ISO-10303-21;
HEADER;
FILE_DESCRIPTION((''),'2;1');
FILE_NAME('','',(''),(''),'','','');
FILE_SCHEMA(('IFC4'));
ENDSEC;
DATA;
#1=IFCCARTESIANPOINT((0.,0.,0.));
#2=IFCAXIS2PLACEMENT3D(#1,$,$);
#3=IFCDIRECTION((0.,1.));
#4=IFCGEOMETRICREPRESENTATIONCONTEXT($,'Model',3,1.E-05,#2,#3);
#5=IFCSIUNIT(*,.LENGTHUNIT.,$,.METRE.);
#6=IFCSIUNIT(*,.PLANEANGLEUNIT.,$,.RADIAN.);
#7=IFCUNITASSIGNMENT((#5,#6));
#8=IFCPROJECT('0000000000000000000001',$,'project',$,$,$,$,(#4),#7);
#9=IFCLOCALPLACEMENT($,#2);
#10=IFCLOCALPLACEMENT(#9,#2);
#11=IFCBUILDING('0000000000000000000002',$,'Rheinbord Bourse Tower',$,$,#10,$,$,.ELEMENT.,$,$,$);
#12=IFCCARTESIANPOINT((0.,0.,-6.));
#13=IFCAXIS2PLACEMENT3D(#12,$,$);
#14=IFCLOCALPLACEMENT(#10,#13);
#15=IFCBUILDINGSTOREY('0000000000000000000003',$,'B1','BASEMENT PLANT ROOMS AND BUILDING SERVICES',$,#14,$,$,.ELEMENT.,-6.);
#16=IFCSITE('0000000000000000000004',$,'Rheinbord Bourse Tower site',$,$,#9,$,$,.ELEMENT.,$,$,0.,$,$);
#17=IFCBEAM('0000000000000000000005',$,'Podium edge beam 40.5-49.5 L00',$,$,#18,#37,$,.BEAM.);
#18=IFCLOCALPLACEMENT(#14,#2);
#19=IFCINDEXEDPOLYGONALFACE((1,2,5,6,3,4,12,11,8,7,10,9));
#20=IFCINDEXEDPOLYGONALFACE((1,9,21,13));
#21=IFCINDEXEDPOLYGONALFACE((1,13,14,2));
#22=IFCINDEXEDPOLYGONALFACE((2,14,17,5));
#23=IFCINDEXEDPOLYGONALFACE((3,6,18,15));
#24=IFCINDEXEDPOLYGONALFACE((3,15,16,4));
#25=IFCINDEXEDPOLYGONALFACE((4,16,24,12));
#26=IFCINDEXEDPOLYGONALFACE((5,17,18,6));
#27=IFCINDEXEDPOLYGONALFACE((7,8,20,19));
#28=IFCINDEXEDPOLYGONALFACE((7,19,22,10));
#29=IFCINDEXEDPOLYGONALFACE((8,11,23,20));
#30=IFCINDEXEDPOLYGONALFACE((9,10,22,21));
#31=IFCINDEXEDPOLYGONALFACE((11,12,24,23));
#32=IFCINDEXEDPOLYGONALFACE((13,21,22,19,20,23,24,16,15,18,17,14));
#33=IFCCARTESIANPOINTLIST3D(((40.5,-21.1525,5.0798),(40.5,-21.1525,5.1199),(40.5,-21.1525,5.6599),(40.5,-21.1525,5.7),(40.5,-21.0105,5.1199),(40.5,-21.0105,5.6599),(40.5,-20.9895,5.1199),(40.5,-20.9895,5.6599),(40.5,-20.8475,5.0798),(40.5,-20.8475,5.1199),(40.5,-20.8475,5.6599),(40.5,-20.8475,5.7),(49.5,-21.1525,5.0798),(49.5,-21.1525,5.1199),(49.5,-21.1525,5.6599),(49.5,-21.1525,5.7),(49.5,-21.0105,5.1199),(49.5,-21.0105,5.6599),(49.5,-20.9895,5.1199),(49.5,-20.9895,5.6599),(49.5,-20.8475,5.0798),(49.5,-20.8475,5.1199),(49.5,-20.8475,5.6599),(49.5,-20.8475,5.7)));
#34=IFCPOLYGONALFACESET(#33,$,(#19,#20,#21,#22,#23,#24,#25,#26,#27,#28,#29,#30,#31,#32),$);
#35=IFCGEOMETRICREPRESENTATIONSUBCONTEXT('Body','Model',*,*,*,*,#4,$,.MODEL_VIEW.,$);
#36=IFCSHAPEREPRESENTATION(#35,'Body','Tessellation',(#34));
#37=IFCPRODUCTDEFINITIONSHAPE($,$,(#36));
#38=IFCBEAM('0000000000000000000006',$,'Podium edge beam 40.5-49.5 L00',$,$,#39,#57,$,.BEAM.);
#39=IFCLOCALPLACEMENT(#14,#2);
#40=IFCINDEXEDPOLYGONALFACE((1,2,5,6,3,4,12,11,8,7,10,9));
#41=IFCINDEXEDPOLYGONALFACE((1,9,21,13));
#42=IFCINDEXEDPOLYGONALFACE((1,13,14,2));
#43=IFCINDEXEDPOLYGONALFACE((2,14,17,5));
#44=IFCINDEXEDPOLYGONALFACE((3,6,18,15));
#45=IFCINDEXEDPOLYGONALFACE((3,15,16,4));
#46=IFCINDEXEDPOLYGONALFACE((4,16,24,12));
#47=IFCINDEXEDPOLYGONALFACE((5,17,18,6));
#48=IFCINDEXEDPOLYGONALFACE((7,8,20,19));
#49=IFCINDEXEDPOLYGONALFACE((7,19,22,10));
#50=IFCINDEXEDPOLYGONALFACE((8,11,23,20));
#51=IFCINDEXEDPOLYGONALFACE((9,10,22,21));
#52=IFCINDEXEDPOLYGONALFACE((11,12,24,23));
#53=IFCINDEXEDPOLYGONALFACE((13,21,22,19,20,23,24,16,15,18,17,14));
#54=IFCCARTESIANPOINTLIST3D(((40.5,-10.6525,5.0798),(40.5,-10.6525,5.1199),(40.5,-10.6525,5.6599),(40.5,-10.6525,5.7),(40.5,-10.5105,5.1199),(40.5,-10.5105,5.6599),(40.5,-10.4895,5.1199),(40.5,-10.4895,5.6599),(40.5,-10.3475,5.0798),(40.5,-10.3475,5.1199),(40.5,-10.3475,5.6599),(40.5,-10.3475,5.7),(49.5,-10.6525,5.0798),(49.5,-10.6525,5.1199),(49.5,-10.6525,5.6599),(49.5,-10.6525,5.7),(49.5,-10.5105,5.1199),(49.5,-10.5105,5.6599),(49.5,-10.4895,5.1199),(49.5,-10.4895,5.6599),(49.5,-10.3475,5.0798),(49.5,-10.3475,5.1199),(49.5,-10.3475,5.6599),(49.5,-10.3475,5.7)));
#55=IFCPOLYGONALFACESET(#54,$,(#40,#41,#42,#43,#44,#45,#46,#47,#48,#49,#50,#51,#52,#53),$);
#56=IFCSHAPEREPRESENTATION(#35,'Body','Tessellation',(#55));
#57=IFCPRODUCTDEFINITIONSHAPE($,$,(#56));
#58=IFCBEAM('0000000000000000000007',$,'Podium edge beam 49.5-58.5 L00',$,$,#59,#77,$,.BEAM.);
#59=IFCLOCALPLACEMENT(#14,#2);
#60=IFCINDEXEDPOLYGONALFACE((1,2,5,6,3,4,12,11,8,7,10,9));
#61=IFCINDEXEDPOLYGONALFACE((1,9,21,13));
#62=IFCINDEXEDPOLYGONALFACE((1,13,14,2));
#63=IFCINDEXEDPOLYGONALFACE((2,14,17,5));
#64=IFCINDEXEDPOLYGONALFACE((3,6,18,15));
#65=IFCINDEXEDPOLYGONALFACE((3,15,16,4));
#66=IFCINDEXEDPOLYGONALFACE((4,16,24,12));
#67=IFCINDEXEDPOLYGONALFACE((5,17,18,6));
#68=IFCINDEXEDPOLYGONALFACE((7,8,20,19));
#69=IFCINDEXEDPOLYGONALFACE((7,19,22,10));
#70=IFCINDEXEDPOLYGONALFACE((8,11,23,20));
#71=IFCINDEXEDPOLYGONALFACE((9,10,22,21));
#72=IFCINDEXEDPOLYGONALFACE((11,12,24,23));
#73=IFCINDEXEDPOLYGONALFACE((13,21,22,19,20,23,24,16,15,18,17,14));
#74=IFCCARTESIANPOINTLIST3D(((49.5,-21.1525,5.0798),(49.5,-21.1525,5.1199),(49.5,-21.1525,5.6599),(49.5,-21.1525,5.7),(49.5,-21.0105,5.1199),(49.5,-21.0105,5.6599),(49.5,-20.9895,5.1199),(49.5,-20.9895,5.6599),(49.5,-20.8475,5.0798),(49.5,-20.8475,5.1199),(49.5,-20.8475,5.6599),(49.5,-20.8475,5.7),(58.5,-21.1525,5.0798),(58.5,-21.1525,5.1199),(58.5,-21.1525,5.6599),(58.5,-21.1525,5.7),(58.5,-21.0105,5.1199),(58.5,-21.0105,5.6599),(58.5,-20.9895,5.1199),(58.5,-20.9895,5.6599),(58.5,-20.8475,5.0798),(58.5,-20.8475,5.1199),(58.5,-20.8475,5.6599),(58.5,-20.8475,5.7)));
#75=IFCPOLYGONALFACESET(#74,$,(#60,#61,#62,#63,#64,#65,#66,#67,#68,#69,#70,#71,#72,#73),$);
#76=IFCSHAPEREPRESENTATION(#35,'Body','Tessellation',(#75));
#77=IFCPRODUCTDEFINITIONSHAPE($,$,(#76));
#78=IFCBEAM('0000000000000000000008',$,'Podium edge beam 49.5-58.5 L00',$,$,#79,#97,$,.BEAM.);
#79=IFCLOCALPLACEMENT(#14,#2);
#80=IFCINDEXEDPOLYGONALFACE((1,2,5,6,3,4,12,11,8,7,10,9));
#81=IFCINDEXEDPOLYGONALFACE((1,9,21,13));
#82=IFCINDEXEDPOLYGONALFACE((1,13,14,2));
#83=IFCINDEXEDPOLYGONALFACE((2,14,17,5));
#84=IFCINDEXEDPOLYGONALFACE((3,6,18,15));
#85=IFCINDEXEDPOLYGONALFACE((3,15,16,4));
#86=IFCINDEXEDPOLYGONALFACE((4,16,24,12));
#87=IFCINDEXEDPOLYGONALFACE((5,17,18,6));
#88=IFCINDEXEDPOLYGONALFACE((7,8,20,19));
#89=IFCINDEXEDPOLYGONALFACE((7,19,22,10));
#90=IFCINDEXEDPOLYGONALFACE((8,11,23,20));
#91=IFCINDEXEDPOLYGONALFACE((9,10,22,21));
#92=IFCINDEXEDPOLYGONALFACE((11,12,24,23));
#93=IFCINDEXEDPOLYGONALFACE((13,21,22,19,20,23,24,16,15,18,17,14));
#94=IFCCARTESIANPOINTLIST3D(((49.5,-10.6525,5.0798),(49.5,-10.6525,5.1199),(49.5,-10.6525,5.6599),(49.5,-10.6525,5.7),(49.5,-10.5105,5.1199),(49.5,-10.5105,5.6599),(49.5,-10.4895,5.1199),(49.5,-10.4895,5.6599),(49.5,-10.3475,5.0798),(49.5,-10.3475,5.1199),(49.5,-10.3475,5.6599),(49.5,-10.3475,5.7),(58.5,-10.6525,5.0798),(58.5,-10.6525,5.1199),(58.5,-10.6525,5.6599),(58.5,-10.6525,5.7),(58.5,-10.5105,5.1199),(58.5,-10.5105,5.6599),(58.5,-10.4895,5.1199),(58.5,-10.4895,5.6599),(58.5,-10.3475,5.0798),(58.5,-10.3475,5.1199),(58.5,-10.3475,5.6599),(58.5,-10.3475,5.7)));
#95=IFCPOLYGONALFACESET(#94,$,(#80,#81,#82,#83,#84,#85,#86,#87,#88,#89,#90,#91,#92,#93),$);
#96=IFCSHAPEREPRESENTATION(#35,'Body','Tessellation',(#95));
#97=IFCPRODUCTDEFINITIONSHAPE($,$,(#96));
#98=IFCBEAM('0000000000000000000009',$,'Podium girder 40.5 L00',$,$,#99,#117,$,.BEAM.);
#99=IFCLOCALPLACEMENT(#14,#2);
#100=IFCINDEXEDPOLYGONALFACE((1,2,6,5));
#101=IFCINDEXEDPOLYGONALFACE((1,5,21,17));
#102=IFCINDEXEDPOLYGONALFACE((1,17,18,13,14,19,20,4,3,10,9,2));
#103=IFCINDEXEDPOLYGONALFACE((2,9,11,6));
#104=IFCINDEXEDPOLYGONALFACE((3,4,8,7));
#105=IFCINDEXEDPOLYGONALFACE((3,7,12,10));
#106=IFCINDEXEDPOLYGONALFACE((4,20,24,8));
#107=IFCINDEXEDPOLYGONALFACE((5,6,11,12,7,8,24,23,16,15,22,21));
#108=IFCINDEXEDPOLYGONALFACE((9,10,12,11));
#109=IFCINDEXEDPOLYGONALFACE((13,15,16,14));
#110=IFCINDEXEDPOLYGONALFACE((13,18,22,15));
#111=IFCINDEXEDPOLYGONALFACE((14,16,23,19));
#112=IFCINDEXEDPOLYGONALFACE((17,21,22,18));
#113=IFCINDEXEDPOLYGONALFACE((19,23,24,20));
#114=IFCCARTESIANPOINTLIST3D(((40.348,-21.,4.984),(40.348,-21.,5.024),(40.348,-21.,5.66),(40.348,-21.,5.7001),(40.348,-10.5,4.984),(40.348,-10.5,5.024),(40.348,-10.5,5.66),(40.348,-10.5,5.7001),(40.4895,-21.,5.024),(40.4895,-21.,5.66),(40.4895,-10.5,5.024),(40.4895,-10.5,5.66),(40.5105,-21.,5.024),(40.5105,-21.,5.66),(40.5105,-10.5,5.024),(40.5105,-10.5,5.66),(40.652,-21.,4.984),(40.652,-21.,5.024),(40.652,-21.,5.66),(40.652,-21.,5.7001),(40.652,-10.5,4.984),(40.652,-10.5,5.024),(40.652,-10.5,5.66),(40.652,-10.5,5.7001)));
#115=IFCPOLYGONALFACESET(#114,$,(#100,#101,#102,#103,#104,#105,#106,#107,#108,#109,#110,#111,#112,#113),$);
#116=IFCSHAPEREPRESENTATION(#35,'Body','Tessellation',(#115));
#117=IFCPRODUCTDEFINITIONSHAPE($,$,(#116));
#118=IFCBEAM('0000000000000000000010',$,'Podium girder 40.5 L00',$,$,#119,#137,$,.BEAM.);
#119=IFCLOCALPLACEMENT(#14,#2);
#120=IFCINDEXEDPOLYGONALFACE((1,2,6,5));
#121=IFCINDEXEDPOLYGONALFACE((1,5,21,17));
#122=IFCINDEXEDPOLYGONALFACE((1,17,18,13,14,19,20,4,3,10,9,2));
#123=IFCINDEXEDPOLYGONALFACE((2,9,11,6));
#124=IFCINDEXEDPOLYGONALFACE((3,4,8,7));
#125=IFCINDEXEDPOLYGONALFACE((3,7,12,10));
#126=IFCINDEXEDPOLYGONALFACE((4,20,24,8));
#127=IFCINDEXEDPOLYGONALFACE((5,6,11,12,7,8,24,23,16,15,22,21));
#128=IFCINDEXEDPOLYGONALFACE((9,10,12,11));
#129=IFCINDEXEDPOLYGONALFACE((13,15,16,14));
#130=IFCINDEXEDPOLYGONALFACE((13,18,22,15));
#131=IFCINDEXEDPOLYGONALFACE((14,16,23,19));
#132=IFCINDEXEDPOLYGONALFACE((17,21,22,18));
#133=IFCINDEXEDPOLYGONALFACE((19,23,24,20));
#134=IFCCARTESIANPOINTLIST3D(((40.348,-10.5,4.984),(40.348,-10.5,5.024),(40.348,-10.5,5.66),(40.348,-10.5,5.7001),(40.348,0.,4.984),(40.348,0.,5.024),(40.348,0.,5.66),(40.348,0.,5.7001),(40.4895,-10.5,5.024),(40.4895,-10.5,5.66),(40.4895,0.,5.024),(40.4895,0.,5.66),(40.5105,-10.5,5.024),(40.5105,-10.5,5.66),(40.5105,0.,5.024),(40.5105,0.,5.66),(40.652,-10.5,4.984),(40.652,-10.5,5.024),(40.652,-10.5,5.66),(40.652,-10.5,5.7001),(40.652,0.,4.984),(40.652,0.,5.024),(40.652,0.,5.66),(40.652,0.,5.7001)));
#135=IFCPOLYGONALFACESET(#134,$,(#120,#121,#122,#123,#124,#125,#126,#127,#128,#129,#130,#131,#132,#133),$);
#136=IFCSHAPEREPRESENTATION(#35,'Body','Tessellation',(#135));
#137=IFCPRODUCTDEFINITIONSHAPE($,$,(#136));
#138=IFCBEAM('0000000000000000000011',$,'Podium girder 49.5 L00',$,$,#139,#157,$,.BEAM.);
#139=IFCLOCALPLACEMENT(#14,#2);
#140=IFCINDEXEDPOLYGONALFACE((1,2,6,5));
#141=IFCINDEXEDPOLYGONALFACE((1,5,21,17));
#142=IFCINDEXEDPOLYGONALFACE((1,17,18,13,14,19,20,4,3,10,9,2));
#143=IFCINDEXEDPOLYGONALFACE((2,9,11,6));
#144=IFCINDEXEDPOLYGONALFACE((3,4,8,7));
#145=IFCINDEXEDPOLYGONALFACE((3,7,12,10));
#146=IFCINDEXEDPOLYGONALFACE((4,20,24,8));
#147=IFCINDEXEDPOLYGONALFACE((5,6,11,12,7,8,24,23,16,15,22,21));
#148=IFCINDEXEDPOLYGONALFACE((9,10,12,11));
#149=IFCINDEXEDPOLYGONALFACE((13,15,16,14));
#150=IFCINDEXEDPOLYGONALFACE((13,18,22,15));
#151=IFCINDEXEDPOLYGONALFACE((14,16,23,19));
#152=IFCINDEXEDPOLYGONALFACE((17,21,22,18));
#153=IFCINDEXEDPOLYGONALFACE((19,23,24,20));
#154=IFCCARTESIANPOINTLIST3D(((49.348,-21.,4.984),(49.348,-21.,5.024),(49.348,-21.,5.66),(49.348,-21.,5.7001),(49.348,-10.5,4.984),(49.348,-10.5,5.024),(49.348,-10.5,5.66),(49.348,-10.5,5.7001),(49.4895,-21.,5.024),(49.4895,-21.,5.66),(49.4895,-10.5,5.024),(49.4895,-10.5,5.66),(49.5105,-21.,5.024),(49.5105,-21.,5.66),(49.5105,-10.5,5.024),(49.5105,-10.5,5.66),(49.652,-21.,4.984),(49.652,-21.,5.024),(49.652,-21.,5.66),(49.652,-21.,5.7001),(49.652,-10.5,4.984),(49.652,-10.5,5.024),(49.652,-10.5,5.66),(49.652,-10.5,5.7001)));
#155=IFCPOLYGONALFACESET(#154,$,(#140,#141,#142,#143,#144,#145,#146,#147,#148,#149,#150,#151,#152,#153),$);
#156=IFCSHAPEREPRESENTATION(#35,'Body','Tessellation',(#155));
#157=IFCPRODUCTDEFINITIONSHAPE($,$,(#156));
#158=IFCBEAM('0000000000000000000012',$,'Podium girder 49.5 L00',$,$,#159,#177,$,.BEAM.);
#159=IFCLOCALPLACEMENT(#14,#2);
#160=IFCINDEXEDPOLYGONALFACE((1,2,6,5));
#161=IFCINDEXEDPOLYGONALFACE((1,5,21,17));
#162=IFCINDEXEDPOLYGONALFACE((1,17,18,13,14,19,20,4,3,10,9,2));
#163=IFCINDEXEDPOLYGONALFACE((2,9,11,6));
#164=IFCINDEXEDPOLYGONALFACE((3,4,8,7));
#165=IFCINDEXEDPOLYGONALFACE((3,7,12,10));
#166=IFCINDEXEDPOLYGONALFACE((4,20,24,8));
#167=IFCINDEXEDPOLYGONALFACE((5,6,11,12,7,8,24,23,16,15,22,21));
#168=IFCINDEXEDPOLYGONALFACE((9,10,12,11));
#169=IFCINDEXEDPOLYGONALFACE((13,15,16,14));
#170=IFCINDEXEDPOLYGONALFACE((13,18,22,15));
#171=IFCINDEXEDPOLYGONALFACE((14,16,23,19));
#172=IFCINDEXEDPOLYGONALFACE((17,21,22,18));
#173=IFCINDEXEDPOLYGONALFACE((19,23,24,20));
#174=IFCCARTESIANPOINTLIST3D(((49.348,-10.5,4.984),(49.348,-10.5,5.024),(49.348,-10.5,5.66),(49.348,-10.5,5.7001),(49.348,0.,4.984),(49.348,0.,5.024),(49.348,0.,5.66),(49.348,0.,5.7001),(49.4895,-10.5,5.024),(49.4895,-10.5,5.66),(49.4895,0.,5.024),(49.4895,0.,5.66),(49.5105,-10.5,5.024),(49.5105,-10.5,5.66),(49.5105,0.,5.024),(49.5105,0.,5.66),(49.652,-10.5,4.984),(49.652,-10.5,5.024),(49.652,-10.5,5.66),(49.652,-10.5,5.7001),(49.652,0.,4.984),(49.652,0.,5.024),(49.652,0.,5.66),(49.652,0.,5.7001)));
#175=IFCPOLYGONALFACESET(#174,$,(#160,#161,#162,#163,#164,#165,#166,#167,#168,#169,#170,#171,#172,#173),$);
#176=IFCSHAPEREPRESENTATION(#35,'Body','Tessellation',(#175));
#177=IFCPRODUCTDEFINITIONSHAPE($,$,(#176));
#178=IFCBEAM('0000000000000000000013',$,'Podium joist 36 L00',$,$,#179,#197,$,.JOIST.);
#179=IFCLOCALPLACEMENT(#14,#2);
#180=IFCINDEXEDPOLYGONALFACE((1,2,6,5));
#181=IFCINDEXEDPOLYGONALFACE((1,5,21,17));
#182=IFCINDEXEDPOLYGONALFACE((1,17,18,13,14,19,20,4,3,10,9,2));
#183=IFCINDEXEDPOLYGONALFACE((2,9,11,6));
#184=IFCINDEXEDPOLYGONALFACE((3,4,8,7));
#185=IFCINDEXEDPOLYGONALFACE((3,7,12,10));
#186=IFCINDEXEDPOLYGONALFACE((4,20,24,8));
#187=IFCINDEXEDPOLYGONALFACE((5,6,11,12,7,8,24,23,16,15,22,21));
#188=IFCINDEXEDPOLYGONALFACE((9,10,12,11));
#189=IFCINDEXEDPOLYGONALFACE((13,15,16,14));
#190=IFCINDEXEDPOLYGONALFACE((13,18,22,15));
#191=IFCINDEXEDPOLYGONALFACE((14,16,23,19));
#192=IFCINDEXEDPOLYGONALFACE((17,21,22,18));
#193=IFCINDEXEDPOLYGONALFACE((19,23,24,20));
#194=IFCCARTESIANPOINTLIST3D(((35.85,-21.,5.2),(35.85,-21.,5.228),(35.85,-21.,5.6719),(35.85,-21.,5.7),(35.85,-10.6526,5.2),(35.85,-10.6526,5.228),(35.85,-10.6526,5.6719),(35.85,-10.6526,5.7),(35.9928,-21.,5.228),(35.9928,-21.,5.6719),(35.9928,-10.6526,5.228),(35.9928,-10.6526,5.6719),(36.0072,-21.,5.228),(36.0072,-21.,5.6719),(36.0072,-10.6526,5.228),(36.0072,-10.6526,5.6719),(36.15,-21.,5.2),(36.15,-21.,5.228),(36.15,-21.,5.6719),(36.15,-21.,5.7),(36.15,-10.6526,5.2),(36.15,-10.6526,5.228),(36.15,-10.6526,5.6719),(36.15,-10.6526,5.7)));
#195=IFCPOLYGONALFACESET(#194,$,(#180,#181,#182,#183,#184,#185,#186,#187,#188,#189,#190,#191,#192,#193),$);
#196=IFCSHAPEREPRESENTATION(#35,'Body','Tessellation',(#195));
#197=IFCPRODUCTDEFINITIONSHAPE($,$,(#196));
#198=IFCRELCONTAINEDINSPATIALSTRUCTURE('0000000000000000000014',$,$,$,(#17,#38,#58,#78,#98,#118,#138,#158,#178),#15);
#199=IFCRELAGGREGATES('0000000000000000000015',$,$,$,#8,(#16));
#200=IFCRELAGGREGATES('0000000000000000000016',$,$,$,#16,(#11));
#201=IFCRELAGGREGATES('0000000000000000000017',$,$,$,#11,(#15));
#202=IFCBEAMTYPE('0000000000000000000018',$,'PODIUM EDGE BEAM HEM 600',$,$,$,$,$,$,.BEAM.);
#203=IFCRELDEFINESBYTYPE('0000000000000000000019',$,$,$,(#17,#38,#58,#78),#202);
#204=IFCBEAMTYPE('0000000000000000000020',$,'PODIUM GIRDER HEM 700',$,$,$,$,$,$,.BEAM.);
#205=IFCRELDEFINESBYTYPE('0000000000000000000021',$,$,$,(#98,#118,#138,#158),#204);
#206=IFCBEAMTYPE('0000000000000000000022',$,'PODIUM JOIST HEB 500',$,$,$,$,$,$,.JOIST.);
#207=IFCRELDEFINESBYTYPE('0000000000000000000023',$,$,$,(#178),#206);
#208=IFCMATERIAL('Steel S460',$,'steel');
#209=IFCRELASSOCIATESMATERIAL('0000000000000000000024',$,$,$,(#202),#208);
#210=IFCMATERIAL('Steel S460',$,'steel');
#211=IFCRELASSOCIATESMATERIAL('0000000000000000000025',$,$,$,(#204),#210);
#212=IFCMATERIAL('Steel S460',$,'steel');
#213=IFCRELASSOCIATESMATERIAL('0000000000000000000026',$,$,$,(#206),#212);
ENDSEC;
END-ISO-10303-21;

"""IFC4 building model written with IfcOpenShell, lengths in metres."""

from ifc_helpers import new_model, si_unit, direction, frame, origin, origin_2d, place, context, subcontext, project, spatial, i_section, extrude, material, material_profile, profile_set, type_object, element, save


model = new_model("IFC4")

# Units and contexts
model_context = context("Model", 3, precision=1e-05, world=origin(), true_north=direction((0.0, 1.0)))
body_context = subcontext(model_context, "Body", "Model", "MODEL_VIEW")
ifc_project = project(units=[si_unit("LENGTHUNIT", "METRE"), si_unit("PLANEANGLEUNIT", "RADIAN")], contexts=[model_context])

# Site, building, storey
site_placement = place(None, origin())
site = spatial("IfcSite", under=ifc_project, at=site_placement, Name="Rheinbord Bourse Tower site", CompositionType="ELEMENT", RefElevation=0.0)
building_placement = place(site_placement, origin())
building = spatial("IfcBuilding", under=site, at=building_placement, Name="Rheinbord Bourse Tower", CompositionType="ELEMENT")
storey_placement = place(building_placement, frame((0.0, 0.0, -6.0)))
storey = spatial("IfcBuildingStorey", under=building, at=storey_placement, Name="B1", Description="BASEMENT PLANT ROOMS AND BUILDING SERVICES", CompositionType="ELEMENT", Elevation=-6.0)

# Beams
ifc_material_1 = material(Name="Steel S460", Category="steel")
ifc_material_profile_1 = material_profile(ifc_material_1, i_section(OverallWidth=0.3049, OverallDepth=0.6201, WebThickness=0.021, FlangeThickness=0.04, at=origin_2d()), Name="HEM 600")
ifc_profile_set_1 = profile_set([ifc_material_profile_1], Name="Steel S460")
beam_type_1 = type_object("IfcBeamType", Name="PODIUM EDGE BEAM HEM 600", PredefinedType="BEAM", material=ifc_profile_set_1)
for number, where, z_axis, x_axis, name in (
    (1, (40.5, -21.0, 5.3899), (1.0, 0.0, 0.0), (0.0, 1.0, 0.0), "Podium edge beam 40.5-49.5 L00"),
    (2, (40.5, -10.5, 5.3899), (1.0, 0.0, 0.0), (0.0, 1.0, 0.0), "Podium edge beam 40.5-49.5 L00"),
    (3, (49.5, -21.0, 5.3899), (1.0, 0.0, 0.0), (0.0, 1.0, 0.0), "Podium edge beam 49.5-58.5 L00"),
    (4, (49.5, -10.5, 5.3899), (1.0, 0.0, 0.0), (0.0, 1.0, 0.0), "Podium edge beam 49.5-58.5 L00"),
):
    element("IfcBeam", number, at=place(storey_placement, frame(where, z_axis=z_axis, x_axis=x_axis)), inside=storey, type_object=beam_type_1, Name=name, PredefinedType="BEAM", context=body_context, shape_type="SweptSolid", body=[
        extrude(i_section(OverallWidth=0.3049, OverallDepth=0.6201, WebThickness=0.021, FlangeThickness=0.04, at=origin_2d()), origin(), (0.0, 0.0, 1.0), 9.0),
    ])
ifc_material_2 = material(Name="Steel S460", Category="steel")
ifc_material_profile_2 = material_profile(ifc_material_2, i_section(OverallWidth=0.304, OverallDepth=0.7161, WebThickness=0.021, FlangeThickness=0.04, at=origin_2d()), Name="HEM 700")
ifc_profile_set_2 = profile_set([ifc_material_profile_2], Name="Steel S460")
beam_type_2 = type_object("IfcBeamType", Name="PODIUM GIRDER HEM 700", PredefinedType="BEAM", material=ifc_profile_set_2)
for number, where, z_axis, x_axis, name in (
    (5, (40.5, -21.0, 5.342), (0.0, 1.0, 0.0), (-1.0, 0.0, 0.0), "Podium girder 40.5 L00"),
    (6, (40.5, -10.5, 5.342), (0.0, 1.0, 0.0), (-1.0, 0.0, 0.0), "Podium girder 40.5 L00"),
    (7, (49.5, -21.0, 5.342), (0.0, 1.0, 0.0), (-1.0, 0.0, 0.0), "Podium girder 49.5 L00"),
    (8, (49.5, -10.5, 5.342), (0.0, 1.0, 0.0), (-1.0, 0.0, 0.0), "Podium girder 49.5 L00"),
):
    element("IfcBeam", number, at=place(storey_placement, frame(where, z_axis=z_axis, x_axis=x_axis)), inside=storey, type_object=beam_type_2, Name=name, PredefinedType="BEAM", context=body_context, shape_type="SweptSolid", body=[
        extrude(i_section(OverallWidth=0.304, OverallDepth=0.7161, WebThickness=0.021, FlangeThickness=0.04, at=origin_2d()), origin(), (0.0, 0.0, 1.0), 10.5),
    ])
ifc_material_3 = material(Name="Steel S460", Category="steel")
ifc_material_profile_3 = material_profile(ifc_material_3, i_section(OverallWidth=0.3, OverallDepth=0.5, WebThickness=0.0144, FlangeThickness=0.0281, at=origin_2d()), Name="HEB 500")
ifc_profile_set_3 = profile_set([ifc_material_profile_3], Name="Steel S460")
beam_type_3 = type_object("IfcBeamType", Name="PODIUM JOIST HEB 500", PredefinedType="JOIST", material=ifc_profile_set_3)
for number, where, z_axis, x_axis, name in (
    (9, (36.0, -21.0, 5.45), (0.0, 1.0, 0.0), (-1.0, 0.0, 0.0), "Podium joist 36 L00"),
):
    element("IfcBeam", number, at=place(storey_placement, frame(where, z_axis=z_axis, x_axis=x_axis)), inside=storey, type_object=beam_type_3, Name=name, PredefinedType="JOIST", context=body_context, shape_type="SweptSolid", body=[
        extrude(i_section(OverallWidth=0.3, OverallDepth=0.5, WebThickness=0.0144, FlangeThickness=0.0281, at=origin_2d()), origin(), (0.0, 0.0, 1.0), 10.3474),
    ])

save(model, "model.ifc")
